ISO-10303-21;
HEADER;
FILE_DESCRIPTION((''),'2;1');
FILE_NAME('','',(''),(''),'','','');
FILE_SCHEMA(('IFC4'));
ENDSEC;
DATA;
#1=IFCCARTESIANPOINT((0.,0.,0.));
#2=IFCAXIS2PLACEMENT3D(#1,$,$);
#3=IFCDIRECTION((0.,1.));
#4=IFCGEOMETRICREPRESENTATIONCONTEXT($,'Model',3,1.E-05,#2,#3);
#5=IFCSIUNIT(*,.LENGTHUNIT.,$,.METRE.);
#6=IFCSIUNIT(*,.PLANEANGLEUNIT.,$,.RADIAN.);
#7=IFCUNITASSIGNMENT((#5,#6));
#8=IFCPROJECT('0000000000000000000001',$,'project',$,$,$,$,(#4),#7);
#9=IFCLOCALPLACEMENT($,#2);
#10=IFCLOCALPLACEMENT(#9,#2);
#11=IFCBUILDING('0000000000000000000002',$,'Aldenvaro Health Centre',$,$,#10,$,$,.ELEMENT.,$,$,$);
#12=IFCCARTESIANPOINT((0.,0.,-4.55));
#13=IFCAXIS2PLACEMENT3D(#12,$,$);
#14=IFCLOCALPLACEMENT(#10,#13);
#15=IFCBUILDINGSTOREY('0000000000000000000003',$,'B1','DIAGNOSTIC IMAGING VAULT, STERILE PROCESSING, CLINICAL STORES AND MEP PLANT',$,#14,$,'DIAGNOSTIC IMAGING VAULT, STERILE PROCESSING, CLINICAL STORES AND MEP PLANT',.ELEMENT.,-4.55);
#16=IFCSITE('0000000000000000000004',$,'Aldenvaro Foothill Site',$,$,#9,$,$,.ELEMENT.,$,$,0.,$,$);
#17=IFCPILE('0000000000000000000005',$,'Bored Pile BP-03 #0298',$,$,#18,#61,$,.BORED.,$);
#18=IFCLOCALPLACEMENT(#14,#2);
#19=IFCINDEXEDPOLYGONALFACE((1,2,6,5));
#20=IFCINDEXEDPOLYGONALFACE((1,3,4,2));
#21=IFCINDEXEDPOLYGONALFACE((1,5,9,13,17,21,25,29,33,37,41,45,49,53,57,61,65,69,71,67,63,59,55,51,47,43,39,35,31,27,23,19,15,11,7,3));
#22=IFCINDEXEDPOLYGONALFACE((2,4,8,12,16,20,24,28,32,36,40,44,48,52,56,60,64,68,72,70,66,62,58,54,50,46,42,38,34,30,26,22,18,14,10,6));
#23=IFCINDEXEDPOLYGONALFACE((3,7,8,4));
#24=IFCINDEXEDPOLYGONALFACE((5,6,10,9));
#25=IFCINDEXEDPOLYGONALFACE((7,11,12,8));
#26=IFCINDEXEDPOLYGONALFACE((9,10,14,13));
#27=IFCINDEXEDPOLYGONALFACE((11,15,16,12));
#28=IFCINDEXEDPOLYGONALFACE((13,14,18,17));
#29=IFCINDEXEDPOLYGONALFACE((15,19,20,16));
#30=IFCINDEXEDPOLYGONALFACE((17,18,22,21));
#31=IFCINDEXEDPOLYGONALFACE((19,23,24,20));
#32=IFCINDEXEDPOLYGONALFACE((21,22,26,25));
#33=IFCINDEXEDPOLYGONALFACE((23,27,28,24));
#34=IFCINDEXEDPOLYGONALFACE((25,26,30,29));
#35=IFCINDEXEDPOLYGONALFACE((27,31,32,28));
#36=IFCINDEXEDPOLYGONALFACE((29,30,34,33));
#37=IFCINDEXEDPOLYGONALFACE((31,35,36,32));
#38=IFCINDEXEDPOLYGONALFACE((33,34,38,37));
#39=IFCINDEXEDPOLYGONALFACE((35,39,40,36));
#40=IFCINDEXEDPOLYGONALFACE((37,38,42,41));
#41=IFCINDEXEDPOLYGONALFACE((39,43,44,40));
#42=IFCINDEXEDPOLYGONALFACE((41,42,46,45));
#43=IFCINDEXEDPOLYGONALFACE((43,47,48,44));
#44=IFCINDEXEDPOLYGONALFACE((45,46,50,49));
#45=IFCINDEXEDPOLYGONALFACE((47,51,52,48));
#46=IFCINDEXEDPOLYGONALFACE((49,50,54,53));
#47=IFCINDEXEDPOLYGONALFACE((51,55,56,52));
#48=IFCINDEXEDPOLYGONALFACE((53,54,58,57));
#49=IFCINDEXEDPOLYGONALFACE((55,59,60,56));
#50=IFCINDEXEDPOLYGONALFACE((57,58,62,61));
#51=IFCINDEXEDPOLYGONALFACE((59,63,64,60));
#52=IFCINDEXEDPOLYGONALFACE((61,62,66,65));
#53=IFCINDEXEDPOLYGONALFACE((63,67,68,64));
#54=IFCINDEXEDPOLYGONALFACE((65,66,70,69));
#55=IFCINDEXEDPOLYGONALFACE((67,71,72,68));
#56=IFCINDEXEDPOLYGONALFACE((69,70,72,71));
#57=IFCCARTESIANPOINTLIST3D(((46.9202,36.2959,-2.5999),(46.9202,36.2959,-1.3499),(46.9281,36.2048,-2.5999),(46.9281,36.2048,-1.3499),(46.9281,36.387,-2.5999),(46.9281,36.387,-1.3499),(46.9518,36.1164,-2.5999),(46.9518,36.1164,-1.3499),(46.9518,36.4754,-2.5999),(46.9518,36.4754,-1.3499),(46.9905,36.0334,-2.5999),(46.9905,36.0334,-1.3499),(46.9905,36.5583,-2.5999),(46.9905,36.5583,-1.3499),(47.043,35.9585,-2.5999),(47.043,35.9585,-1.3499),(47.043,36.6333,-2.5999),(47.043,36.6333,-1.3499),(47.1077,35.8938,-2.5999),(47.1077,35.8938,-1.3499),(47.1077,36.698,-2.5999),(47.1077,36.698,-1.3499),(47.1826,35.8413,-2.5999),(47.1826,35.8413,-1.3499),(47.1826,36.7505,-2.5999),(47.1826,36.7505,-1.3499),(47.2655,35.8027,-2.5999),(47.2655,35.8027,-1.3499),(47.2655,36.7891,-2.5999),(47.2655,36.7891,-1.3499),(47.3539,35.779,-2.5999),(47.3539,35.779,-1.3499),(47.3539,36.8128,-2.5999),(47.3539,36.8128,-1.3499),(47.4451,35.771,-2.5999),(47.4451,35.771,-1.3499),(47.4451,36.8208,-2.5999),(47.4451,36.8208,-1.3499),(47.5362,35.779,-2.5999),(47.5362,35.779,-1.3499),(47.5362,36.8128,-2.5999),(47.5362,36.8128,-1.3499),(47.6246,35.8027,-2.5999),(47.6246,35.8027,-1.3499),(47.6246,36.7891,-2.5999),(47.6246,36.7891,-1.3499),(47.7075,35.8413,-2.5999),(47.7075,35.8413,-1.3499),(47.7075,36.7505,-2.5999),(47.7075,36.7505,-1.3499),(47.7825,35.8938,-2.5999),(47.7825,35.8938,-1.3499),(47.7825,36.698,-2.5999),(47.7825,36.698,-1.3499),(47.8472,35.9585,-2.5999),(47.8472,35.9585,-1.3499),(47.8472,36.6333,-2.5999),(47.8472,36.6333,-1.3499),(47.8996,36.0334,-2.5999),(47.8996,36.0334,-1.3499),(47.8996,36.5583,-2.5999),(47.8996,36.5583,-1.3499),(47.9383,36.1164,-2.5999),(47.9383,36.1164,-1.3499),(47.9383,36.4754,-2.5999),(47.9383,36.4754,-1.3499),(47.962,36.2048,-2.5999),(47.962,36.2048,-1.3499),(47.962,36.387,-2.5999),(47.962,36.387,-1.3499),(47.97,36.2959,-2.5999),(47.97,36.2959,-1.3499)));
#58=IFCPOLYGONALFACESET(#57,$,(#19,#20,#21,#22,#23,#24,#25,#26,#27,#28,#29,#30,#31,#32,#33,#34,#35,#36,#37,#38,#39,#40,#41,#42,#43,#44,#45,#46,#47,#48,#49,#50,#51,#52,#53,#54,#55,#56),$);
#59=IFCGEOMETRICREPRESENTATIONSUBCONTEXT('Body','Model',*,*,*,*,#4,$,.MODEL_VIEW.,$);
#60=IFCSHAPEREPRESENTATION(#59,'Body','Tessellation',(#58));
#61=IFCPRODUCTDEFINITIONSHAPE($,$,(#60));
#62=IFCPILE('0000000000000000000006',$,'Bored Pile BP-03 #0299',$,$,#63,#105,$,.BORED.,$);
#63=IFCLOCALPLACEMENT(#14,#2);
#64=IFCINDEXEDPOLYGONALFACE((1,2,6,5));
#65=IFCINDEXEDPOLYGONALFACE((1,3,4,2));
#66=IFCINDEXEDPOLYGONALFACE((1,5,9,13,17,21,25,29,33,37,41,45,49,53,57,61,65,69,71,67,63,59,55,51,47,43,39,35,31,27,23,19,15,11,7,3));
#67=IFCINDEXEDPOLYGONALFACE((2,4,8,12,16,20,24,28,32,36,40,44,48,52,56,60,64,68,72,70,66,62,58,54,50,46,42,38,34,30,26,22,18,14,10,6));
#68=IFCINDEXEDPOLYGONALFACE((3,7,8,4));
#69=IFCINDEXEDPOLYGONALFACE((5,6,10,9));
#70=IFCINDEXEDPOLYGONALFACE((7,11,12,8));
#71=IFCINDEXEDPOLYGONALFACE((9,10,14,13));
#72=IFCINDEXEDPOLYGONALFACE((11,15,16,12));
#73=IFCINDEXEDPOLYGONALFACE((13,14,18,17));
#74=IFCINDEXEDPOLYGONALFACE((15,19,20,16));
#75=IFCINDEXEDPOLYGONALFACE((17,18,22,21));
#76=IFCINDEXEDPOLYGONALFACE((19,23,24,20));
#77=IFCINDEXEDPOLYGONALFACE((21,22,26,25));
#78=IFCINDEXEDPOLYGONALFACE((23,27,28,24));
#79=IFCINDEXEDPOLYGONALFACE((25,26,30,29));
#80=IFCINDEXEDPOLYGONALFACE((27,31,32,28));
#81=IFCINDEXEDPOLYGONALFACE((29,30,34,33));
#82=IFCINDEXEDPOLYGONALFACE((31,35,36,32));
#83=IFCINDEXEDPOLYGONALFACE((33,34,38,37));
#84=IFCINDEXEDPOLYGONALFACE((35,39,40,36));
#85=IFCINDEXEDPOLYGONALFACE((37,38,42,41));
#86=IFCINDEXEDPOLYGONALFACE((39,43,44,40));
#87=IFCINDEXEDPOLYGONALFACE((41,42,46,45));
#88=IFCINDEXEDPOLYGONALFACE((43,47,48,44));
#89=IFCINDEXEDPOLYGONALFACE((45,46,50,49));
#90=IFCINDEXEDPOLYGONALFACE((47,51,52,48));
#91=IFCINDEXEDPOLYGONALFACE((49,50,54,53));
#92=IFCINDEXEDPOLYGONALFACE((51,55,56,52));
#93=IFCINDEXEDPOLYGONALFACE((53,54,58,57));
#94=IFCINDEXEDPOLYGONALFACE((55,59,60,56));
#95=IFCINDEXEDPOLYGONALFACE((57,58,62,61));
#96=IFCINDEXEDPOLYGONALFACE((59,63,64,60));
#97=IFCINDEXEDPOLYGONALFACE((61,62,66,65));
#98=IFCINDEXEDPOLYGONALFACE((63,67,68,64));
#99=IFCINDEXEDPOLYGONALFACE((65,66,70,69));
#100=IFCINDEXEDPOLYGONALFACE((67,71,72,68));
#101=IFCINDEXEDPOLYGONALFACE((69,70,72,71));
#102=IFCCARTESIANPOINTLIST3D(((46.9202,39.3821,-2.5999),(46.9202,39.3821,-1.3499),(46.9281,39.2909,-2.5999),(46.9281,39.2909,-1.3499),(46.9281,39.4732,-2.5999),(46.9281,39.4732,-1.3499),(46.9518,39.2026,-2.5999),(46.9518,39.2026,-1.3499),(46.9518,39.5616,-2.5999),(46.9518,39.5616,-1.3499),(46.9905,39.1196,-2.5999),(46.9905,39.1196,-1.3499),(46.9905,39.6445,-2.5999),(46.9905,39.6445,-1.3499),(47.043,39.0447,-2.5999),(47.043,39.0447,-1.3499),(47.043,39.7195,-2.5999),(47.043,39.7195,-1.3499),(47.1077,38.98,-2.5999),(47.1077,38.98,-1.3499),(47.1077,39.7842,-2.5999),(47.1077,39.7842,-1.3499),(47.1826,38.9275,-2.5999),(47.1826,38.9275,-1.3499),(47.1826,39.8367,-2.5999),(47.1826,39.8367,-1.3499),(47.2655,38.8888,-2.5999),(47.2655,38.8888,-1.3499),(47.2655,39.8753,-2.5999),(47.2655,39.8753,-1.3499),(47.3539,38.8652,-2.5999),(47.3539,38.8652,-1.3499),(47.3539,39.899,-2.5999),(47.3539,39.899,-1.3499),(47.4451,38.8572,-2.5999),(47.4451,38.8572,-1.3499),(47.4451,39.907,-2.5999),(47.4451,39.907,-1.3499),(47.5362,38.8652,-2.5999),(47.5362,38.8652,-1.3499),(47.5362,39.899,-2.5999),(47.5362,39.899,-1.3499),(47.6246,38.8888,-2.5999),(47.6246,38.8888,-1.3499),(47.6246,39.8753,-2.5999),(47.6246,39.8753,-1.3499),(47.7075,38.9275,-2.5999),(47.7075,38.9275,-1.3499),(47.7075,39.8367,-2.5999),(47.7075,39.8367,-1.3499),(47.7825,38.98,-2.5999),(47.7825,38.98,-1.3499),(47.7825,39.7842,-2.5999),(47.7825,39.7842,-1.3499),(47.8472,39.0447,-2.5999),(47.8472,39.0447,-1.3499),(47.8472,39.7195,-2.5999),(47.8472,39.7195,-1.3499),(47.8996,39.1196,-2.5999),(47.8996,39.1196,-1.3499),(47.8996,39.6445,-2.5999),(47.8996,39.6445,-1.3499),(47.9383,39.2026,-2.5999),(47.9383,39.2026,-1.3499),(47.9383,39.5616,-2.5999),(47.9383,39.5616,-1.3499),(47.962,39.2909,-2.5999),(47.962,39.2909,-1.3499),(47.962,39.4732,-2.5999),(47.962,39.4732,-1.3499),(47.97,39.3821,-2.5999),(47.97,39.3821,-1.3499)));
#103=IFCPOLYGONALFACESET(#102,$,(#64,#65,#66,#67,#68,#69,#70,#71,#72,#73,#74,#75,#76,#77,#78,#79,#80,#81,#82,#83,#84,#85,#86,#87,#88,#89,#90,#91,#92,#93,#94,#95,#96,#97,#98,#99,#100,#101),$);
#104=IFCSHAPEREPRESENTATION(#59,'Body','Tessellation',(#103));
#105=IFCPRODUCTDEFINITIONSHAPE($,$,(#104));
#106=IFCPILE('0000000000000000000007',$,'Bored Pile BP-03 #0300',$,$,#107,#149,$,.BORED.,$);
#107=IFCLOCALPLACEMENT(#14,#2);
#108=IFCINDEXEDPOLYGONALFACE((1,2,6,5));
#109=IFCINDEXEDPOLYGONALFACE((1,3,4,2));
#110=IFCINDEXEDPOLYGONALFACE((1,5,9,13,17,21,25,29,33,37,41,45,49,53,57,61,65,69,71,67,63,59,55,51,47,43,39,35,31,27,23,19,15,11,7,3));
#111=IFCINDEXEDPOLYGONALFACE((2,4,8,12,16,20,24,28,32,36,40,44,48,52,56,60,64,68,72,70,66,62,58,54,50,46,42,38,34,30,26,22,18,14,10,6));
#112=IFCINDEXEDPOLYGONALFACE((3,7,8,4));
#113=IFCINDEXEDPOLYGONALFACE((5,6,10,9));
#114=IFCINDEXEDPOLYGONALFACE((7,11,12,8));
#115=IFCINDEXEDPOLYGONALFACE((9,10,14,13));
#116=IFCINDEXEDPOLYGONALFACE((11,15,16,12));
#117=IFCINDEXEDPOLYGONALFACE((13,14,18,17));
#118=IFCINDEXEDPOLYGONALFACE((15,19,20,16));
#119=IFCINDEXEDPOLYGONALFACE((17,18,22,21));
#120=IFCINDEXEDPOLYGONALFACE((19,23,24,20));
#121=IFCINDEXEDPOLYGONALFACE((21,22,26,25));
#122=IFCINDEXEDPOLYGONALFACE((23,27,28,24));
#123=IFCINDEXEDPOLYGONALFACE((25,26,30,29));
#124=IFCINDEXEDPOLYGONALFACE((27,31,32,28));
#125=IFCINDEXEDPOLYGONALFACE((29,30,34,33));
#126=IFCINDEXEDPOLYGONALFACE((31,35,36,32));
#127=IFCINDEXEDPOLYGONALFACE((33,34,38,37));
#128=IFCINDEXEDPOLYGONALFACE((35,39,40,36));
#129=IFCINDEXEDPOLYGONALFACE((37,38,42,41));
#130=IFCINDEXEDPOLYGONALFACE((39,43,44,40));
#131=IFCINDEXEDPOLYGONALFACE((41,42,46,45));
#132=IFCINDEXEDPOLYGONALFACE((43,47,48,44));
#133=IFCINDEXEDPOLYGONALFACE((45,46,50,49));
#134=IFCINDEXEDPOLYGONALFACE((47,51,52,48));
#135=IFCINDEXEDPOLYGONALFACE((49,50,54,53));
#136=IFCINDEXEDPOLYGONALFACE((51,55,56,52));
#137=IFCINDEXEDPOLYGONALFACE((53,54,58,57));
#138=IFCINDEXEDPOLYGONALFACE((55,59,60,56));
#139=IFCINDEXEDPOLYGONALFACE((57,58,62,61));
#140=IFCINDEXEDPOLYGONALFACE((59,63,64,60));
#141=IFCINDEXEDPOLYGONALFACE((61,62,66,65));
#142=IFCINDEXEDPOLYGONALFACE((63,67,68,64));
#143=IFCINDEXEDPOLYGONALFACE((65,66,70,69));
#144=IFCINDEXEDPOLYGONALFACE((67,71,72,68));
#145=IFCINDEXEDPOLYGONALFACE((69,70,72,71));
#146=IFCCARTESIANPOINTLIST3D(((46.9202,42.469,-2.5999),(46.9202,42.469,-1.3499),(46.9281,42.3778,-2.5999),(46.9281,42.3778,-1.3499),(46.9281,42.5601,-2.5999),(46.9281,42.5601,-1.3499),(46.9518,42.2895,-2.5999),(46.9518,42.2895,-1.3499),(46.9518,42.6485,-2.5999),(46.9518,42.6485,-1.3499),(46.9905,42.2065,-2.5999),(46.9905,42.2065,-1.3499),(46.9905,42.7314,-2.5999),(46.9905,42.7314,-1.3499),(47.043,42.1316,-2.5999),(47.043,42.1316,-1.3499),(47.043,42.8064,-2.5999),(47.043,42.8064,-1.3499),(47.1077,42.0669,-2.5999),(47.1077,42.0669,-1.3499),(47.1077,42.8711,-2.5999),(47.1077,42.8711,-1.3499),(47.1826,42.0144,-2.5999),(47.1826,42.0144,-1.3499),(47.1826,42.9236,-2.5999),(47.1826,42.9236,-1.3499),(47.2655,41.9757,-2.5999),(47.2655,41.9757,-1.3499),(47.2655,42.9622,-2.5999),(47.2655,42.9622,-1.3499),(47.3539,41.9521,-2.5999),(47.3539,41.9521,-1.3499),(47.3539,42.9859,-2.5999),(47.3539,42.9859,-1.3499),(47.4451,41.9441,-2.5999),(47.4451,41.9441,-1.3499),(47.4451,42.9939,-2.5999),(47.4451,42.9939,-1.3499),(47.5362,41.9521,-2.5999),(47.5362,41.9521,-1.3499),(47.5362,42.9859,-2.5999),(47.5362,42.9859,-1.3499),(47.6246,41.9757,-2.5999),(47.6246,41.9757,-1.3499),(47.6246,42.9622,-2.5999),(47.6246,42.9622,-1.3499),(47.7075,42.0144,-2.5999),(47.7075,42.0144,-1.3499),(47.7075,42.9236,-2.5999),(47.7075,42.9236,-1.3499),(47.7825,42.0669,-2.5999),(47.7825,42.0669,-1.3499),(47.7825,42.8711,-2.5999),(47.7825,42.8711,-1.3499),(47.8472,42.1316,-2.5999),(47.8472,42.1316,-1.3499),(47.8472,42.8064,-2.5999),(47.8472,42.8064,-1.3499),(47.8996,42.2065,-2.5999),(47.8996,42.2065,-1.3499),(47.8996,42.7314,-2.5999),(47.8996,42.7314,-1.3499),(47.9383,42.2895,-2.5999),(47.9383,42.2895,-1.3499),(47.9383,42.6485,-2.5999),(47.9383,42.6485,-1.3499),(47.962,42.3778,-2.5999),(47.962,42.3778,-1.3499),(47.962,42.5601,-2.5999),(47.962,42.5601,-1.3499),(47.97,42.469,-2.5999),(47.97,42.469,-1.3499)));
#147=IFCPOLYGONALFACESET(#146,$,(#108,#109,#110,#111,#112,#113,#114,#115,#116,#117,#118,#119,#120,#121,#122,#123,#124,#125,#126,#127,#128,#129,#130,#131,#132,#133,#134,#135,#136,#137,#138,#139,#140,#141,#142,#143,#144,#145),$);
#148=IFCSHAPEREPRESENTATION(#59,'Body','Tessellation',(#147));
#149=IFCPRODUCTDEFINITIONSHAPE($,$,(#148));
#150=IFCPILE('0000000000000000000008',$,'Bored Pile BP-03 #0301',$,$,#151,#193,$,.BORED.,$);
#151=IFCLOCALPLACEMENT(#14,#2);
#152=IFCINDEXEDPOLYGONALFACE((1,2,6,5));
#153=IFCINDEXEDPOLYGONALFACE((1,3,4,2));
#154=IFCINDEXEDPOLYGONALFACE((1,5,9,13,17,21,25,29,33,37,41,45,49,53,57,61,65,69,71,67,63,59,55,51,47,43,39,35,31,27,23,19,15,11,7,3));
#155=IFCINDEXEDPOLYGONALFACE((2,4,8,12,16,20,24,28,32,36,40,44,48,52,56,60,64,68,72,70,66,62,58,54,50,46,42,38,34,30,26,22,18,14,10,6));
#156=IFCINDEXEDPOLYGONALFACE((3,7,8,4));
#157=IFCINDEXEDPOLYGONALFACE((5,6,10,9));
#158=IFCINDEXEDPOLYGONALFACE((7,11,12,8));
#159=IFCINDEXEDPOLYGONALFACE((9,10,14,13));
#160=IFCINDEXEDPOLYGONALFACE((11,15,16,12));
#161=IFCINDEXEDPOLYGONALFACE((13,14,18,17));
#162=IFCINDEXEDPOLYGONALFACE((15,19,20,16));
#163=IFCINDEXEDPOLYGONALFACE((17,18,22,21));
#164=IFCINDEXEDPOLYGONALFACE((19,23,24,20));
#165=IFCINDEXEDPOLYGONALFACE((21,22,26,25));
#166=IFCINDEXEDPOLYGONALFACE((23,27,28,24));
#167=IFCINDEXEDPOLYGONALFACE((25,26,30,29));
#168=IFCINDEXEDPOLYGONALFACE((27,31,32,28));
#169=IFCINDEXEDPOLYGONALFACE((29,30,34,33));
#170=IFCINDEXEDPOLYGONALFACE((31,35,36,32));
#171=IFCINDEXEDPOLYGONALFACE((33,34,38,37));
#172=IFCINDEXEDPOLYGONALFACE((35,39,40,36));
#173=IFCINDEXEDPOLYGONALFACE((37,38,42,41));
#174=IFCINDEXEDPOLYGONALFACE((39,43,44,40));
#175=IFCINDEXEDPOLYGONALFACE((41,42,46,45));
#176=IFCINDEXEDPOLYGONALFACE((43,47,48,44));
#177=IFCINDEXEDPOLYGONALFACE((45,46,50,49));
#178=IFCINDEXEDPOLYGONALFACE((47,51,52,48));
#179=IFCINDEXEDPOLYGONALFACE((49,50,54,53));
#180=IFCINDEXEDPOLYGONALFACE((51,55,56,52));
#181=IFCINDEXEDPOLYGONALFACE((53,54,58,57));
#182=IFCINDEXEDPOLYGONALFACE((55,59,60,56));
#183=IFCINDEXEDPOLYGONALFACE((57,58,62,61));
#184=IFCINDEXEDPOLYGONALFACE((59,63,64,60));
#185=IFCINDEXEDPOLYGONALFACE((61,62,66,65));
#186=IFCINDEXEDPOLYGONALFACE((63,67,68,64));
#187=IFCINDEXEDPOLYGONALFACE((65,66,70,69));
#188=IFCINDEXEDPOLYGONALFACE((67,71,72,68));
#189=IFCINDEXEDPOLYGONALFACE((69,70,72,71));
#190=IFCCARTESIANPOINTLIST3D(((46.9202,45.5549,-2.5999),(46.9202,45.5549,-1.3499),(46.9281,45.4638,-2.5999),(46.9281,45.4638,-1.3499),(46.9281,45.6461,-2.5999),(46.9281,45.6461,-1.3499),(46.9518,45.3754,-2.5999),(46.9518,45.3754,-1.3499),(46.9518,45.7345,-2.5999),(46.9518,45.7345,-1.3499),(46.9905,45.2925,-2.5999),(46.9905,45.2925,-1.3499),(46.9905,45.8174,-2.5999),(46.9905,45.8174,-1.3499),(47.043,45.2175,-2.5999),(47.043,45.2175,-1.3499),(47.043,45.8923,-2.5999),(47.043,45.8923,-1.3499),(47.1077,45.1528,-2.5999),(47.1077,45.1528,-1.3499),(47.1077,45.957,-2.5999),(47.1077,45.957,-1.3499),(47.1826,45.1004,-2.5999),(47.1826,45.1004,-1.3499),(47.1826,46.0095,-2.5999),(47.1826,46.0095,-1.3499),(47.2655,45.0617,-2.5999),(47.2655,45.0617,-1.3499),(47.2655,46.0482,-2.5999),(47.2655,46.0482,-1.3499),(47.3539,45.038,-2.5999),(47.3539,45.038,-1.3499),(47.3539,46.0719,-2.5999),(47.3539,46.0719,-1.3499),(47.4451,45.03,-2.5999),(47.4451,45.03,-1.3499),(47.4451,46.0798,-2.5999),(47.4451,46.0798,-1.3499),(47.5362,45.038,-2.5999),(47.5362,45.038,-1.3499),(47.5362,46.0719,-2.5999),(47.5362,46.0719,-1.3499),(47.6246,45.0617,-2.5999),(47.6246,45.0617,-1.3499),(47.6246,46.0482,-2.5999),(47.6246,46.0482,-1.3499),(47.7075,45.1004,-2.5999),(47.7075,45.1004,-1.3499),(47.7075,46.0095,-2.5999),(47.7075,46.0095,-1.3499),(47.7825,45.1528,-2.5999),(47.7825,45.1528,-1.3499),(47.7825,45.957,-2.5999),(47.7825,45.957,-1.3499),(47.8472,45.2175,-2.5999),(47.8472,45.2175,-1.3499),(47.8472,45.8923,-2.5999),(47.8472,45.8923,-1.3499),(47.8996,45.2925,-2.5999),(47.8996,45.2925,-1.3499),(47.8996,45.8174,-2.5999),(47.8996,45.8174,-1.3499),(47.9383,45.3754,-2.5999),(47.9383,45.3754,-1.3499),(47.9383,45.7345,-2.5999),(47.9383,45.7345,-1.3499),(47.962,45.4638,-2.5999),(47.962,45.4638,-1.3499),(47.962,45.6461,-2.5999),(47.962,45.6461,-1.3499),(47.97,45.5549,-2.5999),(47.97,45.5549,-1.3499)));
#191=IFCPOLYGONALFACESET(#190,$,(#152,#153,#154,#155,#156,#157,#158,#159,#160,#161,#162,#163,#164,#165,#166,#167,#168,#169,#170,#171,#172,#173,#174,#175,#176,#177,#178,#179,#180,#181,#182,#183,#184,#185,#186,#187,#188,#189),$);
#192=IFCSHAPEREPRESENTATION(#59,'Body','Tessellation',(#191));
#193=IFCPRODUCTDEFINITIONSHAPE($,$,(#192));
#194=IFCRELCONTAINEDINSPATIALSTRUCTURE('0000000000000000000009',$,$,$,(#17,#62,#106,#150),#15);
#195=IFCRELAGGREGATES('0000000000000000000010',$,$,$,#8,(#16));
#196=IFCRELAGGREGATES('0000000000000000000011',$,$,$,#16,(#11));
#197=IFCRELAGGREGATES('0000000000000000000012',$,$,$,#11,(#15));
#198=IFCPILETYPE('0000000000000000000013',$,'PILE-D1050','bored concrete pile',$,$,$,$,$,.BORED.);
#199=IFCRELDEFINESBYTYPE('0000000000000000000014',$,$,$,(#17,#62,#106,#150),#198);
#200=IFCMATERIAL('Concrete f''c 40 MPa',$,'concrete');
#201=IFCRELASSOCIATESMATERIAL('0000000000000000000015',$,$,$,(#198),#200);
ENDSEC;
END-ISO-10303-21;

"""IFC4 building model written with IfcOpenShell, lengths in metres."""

from ifc_helpers import new_model, si_unit, direction, frame, origin, origin_2d, place, context, subcontext, project, spatial, circle, extrude, material, material_profile, profile_set, type_object, element, save


model = new_model("IFC4")

# Units and contexts
model_context = context("Model", 3, precision=1e-05, world=origin(), true_north=direction((0.0, 1.0)))
body_context = subcontext(model_context, "Body", "Model", "MODEL_VIEW")
ifc_project = project(units=[si_unit("LENGTHUNIT", "METRE"), si_unit("PLANEANGLEUNIT", "RADIAN")], contexts=[model_context])

# Site, building, storey
site_placement = place(None, origin())
site = spatial("IfcSite", under=ifc_project, at=site_placement, Name="Aldenvaro Foothill Site", CompositionType="ELEMENT", RefElevation=0.0)
building_placement = place(site_placement, origin())
building = spatial("IfcBuilding", under=site, at=building_placement, Name="Aldenvaro Health Centre", CompositionType="ELEMENT")
storey_placement = place(building_placement, frame((0.0, 0.0, -4.55)))
storey = spatial("IfcBuildingStorey", under=building, at=storey_placement, Name="B1", Description="DIAGNOSTIC IMAGING VAULT, STERILE PROCESSING, CLINICAL STORES AND MEP PLANT", LongName="DIAGNOSTIC IMAGING VAULT, STERILE PROCESSING, CLINICAL STORES AND MEP PLANT", CompositionType="ELEMENT", Elevation=-4.55)

# Piles
ifc_material = material(Name="Concrete f'c 40 MPa", Category="concrete")
ifc_material_profile = material_profile(ifc_material, circle(Radius=0.5249, at=origin_2d()), Name="PILE D1050", Category="concrete")
ifc_profile_set = profile_set([ifc_material_profile], Name="Concrete f'c 40 MPa")
pile_type = type_object("IfcPileType", Name="PILE-D1050", Description="bored concrete pile", PredefinedType="BORED", material=ifc_profile_set)
for number, where, z_axis, x_axis, name in (
    (1, (47.4451, 36.2959, -1.3499), (0.0, 0.0, -1.0), (1.0, 0.0, 0.0), "Bored Pile BP-03 #0298"),
    (2, (47.4451, 39.3821, -1.3499), (0.0, 0.0, -1.0), (1.0, 0.0, 0.0), "Bored Pile BP-03 #0299"),
    (3, (47.4451, 42.469, -1.3499), (0.0, 0.0, -1.0), (1.0, 0.0, 0.0), "Bored Pile BP-03 #0300"),
    (4, (47.4451, 45.5549, -1.3499), (0.0, 0.0, -1.0), (1.0, 0.0, 0.0), "Bored Pile BP-03 #0301"),
):
    element("IfcPile", number, at=place(storey_placement, frame(where, z_axis=z_axis, x_axis=x_axis)), inside=storey, type_object=pile_type, Name=name, PredefinedType="BORED", context=body_context, shape_type="SweptSolid", body=[
        extrude(circle(Radius=0.5249, at=origin_2d()), origin(), (0.0, 0.0, 1.0), 1.25),
    ])

save(model, "model.ifc")
